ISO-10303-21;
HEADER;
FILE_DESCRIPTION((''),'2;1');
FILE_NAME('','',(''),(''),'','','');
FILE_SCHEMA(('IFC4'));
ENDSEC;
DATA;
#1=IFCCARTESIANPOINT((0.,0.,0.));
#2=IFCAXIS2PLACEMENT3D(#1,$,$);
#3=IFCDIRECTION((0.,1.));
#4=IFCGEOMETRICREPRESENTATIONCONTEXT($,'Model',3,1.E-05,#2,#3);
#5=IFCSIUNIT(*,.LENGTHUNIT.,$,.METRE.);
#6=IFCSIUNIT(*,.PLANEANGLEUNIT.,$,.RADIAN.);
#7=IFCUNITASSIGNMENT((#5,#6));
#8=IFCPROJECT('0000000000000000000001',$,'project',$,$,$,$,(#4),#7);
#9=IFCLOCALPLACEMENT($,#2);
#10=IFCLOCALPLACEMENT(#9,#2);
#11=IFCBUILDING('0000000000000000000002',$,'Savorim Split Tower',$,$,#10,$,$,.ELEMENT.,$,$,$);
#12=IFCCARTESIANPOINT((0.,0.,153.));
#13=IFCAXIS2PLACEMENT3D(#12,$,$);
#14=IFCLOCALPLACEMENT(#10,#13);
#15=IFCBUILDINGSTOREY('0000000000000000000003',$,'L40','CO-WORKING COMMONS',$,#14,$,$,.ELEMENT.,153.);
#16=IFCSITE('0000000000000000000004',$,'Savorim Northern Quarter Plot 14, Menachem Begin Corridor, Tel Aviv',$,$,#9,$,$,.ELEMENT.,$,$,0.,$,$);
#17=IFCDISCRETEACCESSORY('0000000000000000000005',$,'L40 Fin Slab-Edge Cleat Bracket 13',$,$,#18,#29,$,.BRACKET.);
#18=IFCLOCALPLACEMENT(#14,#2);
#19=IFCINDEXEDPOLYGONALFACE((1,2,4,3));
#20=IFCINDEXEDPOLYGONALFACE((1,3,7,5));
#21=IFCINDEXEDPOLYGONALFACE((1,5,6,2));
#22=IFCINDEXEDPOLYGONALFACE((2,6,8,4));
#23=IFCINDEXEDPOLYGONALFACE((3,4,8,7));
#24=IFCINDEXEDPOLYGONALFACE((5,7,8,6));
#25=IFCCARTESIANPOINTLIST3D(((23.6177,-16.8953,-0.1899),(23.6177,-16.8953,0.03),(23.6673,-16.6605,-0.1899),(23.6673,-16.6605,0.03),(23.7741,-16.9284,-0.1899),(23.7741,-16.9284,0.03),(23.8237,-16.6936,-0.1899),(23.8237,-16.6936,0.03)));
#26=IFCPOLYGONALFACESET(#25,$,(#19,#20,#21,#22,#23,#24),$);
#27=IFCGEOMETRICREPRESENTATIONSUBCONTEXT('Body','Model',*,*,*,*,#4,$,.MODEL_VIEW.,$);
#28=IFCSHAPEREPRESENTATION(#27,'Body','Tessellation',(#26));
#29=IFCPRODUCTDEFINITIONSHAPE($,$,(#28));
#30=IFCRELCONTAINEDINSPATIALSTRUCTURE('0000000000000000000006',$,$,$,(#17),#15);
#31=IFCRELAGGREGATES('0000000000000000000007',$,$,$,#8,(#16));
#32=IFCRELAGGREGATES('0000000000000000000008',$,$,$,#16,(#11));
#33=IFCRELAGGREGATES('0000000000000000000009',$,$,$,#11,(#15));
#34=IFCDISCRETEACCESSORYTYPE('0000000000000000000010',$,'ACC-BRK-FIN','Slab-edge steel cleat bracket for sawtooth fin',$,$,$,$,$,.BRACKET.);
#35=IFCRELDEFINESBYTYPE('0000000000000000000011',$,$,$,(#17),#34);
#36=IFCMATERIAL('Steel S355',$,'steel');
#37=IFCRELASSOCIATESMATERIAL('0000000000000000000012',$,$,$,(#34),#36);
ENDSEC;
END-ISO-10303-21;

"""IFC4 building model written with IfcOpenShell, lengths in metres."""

from ifc_helpers import new_model, si_unit, direction, frame, origin, origin_2d, place, context, subcontext, project, spatial, rectangle, extrude, material, type_object, element, save


model = new_model("IFC4")

# Units and contexts
model_context = context("Model", 3, precision=1e-05, world=origin(), true_north=direction((0.0, 1.0)))
body_context = subcontext(model_context, "Body", "Model", "MODEL_VIEW")
ifc_project = project(units=[si_unit("LENGTHUNIT", "METRE"), si_unit("PLANEANGLEUNIT", "RADIAN")], contexts=[model_context])

# Site, building, storey
site_placement = place(None, origin())
site = spatial("IfcSite", under=ifc_project, at=site_placement, Name="Savorim Northern Quarter Plot 14, Menachem Begin Corridor, Tel Aviv", CompositionType="ELEMENT", RefElevation=0.0)
building_placement = place(site_placement, origin())
building = spatial("IfcBuilding", under=site, at=building_placement, Name="Savorim Split Tower", CompositionType="ELEMENT")
storey_placement = place(building_placement, frame((0.0, 0.0, 153.0)))
storey = spatial("IfcBuildingStorey", under=building, at=storey_placement, Name="L40", Description="CO-WORKING COMMONS", CompositionType="ELEMENT", Elevation=153.0)

# Shared definitions
ifc_material_1 = material(Name="Steel S355", Category="steel")

# Discrete accessory
discrete_accessory_type = type_object("IfcDiscreteAccessoryType", Name="ACC-BRK-FIN", Description="Slab-edge steel cleat bracket for sawtooth fin", PredefinedType="BRACKET", material=ifc_material_1)
for number, where, z_axis, x_axis, name in (
    (1, (23.7207, -16.7944, -0.1899), (0.0, 0.0, 1.0), (-0.206722, -0.9784, 0.0), "L40 Fin Slab-Edge Cleat Bracket 13"),
):
    element("IfcDiscreteAccessory", number, at=place(storey_placement, frame(where, z_axis=z_axis, x_axis=x_axis)), inside=storey, type_object=discrete_accessory_type, Name=name, PredefinedType="BRACKET", context=body_context, shape_type="SweptSolid", body=[
        extrude(rectangle(XDim=0.24, YDim=0.1599, at=origin_2d()), origin(), (0.0, 0.0, 1.0), 0.22),
    ])

save(model, "model.ifc")
